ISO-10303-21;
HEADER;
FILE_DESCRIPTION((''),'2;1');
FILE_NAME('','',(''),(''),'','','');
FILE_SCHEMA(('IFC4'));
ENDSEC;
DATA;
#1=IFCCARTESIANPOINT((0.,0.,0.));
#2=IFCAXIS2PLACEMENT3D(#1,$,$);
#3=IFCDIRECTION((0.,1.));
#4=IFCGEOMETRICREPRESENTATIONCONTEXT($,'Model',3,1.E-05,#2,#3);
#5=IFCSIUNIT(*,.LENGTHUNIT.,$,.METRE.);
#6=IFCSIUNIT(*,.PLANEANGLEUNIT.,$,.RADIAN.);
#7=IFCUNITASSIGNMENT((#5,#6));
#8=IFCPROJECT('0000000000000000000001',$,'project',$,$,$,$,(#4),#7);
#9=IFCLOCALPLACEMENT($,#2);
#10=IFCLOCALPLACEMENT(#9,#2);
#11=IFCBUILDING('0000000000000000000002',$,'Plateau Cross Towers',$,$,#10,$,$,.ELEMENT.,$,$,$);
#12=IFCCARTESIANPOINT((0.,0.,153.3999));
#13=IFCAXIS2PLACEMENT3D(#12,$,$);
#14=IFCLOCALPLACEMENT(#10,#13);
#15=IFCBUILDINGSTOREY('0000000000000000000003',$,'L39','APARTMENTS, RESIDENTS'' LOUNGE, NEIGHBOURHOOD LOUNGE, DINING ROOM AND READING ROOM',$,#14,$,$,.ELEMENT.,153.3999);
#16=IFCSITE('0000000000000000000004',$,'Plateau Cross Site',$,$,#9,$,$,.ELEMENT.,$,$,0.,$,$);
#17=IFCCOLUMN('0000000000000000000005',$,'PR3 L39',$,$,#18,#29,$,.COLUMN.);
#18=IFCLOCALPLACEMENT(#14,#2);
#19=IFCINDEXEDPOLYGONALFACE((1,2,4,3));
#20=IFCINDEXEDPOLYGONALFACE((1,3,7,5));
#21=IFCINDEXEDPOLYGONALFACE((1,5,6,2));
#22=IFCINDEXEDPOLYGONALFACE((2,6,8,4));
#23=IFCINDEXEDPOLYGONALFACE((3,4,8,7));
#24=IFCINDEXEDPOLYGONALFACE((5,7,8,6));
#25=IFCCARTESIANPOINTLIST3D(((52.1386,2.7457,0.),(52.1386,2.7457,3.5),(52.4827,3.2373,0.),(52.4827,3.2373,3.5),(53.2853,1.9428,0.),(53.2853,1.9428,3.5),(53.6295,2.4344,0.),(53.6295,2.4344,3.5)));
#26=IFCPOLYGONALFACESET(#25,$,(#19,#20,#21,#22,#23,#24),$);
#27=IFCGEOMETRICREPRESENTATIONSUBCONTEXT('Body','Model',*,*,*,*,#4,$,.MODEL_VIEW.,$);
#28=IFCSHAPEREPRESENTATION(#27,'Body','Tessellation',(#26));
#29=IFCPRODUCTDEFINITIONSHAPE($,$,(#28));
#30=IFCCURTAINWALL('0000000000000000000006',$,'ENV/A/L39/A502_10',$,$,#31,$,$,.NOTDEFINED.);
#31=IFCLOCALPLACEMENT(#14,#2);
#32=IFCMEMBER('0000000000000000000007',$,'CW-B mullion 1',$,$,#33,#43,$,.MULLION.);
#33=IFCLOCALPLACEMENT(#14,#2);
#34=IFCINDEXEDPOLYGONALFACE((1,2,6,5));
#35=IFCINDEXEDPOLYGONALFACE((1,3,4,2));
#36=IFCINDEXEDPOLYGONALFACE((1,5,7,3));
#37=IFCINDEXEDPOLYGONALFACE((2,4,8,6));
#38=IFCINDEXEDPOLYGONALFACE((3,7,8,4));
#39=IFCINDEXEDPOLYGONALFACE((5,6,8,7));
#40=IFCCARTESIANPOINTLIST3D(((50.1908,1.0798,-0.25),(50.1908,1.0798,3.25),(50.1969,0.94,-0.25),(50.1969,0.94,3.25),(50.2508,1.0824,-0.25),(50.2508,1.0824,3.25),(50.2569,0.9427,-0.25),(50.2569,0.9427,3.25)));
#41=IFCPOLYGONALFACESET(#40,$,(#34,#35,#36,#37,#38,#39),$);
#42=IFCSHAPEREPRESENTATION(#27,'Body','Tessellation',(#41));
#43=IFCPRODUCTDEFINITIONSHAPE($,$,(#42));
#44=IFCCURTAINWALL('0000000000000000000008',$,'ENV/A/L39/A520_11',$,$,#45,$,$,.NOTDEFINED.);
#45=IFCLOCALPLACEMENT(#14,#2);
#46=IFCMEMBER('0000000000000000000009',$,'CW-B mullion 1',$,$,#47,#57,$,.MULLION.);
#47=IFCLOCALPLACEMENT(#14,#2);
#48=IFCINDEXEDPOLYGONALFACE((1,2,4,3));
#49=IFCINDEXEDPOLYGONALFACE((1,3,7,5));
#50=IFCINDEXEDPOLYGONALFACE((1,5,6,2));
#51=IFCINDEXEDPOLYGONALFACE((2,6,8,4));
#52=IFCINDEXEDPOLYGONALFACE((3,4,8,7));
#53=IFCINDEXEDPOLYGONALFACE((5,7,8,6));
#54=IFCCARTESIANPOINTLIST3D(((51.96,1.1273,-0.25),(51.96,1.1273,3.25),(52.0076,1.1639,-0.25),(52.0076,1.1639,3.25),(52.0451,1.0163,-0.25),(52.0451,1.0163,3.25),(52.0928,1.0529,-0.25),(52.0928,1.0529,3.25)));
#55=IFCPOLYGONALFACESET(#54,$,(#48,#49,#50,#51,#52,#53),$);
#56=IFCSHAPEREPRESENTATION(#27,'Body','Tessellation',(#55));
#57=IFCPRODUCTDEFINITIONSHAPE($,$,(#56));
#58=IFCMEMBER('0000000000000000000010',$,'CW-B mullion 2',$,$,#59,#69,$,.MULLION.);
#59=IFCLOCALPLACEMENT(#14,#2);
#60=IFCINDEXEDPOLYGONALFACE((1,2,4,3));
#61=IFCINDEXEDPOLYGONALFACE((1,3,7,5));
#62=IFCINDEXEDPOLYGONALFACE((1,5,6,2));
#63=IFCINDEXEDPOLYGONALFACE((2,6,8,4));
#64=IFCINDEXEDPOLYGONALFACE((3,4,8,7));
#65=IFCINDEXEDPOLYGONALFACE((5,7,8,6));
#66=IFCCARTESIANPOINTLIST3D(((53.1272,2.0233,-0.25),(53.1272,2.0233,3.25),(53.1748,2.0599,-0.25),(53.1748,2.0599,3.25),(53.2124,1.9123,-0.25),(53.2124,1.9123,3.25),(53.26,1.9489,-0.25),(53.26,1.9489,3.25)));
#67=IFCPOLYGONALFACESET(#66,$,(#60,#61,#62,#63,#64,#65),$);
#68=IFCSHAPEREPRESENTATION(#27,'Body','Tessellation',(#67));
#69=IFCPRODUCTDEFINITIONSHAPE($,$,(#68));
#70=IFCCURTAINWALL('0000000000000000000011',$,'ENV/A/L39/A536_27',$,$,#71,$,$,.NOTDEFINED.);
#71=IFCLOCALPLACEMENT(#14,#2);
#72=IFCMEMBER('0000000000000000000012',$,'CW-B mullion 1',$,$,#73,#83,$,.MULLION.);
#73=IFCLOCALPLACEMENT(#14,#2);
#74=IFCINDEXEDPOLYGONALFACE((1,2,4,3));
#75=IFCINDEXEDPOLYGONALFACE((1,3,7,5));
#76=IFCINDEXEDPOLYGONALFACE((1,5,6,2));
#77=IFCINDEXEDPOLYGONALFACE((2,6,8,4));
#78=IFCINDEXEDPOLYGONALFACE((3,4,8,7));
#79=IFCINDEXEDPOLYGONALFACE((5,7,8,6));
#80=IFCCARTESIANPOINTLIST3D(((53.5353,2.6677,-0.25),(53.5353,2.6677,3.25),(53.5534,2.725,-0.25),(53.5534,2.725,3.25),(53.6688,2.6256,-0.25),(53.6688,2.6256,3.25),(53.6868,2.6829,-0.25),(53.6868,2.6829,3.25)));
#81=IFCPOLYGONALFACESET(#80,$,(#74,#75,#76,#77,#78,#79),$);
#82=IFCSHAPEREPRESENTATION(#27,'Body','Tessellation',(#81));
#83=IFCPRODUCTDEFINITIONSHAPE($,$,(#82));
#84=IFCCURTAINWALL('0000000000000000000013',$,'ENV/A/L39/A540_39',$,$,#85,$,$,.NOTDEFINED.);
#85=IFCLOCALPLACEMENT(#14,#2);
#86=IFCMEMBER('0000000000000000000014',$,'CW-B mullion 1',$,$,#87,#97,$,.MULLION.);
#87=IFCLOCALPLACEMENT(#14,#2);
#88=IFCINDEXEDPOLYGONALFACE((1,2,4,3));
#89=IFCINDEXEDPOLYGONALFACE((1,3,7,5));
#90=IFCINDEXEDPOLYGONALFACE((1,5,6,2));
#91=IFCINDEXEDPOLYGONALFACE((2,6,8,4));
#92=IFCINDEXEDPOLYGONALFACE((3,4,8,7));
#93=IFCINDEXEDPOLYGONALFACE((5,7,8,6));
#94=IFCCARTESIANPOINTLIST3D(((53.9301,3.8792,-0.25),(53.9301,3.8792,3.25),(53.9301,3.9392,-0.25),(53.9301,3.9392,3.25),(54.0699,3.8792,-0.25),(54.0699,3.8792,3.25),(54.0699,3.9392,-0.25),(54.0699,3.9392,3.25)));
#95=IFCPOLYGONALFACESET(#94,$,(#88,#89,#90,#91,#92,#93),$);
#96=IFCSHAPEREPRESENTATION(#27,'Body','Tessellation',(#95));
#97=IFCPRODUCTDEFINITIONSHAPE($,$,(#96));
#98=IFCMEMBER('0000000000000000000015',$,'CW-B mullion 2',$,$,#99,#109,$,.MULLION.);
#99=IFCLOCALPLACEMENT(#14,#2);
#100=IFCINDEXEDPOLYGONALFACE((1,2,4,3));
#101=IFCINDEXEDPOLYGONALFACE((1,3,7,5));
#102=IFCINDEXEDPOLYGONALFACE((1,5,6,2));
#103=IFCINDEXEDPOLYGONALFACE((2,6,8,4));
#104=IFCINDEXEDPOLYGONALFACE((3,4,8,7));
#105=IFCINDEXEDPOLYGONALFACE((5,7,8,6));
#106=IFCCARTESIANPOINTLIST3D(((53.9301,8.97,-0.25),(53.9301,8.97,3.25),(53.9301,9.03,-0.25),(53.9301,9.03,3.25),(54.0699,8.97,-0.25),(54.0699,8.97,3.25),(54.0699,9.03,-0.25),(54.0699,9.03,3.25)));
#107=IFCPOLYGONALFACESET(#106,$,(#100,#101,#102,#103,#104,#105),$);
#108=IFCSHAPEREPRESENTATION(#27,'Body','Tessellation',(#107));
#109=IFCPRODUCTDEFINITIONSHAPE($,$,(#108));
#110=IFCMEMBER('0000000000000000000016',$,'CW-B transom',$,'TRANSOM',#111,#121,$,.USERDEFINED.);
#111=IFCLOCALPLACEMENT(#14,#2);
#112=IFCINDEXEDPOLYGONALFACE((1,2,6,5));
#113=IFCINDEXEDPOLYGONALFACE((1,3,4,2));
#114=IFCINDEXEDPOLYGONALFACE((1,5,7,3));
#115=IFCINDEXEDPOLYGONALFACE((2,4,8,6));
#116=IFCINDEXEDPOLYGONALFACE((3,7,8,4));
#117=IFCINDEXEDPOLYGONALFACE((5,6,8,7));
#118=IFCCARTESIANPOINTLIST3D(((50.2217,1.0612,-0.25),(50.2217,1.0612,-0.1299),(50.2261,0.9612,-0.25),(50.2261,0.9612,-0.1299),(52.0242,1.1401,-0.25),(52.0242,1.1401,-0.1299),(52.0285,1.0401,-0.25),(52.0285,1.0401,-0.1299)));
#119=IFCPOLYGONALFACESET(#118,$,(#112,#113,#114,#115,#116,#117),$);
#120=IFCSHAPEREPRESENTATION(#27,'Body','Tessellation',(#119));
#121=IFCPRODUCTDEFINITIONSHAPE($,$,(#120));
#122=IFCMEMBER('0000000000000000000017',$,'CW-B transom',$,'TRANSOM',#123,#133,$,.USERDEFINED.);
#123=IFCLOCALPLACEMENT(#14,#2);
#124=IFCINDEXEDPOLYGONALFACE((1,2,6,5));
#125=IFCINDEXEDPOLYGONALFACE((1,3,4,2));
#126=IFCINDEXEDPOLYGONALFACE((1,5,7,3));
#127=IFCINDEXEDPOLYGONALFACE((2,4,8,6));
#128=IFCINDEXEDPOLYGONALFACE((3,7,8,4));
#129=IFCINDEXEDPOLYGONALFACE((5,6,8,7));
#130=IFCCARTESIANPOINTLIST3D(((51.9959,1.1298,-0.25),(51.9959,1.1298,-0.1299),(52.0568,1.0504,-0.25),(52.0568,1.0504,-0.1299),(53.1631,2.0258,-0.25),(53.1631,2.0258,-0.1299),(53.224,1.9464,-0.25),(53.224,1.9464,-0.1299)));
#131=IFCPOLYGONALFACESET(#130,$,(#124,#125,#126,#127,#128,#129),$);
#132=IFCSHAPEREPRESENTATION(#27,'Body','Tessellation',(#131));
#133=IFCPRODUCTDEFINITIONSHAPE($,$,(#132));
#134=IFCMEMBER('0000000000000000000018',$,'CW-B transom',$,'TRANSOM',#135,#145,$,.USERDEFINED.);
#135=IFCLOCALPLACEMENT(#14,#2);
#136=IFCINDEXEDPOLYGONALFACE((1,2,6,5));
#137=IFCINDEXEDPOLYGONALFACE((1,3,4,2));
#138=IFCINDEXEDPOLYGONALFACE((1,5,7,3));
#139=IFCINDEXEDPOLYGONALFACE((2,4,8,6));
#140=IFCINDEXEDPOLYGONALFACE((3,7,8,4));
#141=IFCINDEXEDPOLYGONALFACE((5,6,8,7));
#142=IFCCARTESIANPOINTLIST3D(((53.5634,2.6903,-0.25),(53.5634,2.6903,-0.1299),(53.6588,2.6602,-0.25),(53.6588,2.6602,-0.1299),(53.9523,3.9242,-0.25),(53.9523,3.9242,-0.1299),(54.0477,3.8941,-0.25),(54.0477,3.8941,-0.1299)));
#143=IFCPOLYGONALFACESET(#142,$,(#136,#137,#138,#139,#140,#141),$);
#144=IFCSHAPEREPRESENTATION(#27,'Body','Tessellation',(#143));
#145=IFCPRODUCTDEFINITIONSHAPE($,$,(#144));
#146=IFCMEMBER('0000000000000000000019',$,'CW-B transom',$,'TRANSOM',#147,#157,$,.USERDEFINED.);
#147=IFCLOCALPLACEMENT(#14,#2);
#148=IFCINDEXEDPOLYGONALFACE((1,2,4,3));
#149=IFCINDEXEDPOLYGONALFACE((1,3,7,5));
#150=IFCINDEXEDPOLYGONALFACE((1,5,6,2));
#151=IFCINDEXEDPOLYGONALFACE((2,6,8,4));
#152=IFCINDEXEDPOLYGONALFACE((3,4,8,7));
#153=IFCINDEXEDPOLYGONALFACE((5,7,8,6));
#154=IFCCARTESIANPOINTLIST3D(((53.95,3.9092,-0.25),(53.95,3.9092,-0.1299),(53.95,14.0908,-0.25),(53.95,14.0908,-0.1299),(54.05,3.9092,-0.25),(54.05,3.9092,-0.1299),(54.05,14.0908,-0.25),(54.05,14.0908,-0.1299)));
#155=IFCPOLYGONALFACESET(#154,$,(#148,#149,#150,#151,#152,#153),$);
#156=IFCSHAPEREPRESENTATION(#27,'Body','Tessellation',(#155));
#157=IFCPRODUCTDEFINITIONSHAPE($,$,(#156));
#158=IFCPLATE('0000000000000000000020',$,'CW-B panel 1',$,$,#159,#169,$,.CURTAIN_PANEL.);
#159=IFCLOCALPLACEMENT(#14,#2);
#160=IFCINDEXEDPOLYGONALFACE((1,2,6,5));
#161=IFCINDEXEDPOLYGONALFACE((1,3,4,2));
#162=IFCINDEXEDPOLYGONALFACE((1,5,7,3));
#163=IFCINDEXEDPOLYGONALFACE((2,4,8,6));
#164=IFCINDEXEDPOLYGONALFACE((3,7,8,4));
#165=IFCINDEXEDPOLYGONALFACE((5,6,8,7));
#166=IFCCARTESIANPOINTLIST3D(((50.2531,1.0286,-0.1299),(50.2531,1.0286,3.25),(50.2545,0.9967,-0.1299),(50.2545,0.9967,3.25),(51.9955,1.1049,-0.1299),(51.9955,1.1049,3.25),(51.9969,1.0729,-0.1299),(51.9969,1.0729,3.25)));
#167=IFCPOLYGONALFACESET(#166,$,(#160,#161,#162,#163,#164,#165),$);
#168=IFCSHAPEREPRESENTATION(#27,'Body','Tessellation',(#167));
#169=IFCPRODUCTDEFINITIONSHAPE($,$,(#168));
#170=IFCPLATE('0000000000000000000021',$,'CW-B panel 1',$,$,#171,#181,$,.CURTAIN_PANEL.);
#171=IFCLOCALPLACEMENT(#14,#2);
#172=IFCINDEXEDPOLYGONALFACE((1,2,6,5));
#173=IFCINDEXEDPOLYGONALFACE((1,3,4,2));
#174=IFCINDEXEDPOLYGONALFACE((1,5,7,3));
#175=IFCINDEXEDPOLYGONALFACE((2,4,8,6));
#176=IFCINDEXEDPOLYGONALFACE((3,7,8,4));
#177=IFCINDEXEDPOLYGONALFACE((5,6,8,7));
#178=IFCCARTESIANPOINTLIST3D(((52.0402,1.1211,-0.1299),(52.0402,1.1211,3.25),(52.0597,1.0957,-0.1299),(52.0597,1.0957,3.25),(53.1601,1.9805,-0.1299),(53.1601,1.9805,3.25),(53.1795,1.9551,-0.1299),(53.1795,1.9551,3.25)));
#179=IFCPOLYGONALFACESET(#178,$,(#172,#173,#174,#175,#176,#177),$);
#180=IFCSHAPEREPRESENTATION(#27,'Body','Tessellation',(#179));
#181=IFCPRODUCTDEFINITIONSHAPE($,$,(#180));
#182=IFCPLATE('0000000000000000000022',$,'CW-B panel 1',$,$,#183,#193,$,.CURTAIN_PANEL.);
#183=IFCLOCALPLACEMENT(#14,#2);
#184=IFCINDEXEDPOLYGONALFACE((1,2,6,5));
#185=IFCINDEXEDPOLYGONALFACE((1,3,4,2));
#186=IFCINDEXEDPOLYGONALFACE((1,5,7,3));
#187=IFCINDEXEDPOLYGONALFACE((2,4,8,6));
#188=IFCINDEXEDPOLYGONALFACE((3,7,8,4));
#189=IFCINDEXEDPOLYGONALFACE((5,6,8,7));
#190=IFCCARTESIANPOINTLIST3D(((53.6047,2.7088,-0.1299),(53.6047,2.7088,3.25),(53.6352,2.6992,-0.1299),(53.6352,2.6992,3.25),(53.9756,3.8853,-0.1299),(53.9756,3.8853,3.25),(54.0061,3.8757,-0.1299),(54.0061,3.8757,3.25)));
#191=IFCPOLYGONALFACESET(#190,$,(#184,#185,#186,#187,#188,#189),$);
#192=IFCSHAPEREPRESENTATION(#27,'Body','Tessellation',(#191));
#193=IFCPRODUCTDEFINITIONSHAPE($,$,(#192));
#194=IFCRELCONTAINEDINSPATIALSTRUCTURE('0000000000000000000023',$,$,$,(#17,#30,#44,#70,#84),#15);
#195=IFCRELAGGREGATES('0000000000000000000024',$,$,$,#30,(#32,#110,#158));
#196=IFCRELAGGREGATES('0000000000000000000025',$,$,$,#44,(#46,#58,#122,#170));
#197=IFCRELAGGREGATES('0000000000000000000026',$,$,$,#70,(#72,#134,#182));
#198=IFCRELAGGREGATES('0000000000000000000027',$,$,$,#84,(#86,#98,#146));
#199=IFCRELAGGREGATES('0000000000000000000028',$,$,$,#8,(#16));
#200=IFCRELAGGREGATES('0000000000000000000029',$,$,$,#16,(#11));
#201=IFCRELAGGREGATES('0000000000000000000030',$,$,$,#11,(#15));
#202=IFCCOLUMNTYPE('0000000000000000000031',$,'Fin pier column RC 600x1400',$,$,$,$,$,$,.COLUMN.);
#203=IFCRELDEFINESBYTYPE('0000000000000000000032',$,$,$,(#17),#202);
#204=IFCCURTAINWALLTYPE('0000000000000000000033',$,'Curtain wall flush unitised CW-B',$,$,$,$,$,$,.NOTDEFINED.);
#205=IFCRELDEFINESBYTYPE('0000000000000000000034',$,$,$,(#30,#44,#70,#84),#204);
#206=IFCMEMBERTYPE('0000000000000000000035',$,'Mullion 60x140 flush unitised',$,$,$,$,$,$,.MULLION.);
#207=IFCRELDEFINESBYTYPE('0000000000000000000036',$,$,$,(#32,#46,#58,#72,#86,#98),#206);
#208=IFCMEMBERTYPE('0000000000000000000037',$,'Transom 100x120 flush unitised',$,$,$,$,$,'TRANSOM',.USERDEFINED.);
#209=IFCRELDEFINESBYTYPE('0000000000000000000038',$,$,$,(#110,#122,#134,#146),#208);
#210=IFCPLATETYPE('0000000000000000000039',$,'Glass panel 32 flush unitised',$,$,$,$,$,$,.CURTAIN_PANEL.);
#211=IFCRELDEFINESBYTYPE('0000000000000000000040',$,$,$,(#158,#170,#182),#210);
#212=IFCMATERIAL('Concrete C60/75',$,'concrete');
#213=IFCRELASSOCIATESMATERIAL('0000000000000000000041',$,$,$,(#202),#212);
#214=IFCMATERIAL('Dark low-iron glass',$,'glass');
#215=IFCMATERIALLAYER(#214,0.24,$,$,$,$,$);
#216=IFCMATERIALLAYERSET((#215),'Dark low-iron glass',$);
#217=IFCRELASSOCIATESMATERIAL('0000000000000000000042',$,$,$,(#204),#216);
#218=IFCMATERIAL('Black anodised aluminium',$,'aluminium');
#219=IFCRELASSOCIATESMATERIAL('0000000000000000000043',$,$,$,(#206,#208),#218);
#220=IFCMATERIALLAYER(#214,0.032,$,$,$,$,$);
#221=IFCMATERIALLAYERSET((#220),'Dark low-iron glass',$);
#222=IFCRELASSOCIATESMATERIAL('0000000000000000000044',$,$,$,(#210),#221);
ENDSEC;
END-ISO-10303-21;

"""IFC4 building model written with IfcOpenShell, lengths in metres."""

from ifc_helpers import new_model, si_unit, direction, frame, origin, origin_2d, place, context, subcontext, project, spatial, rectangle, extrude, material, layer, layer_set, material_profile, profile_set, type_object, element, aggregate, save


model = new_model("IFC4")

# Units and contexts
model_context = context("Model", 3, precision=1e-05, world=origin(), true_north=direction((0.0, 1.0)))
body_context = subcontext(model_context, "Body", "Model", "MODEL_VIEW")
ifc_project = project(units=[si_unit("LENGTHUNIT", "METRE"), si_unit("PLANEANGLEUNIT", "RADIAN")], contexts=[model_context])

# Site, building, storey
site_placement = place(None, origin())
site = spatial("IfcSite", under=ifc_project, at=site_placement, Name="Plateau Cross Site", CompositionType="ELEMENT", RefElevation=0.0)
building_placement = place(site_placement, origin())
building = spatial("IfcBuilding", under=site, at=building_placement, Name="Plateau Cross Towers", CompositionType="ELEMENT")
storey_placement = place(building_placement, frame((0.0, 0.0, 153.3999)))
storey = spatial("IfcBuildingStorey", under=building, at=storey_placement, Name="L39", Description="APARTMENTS, RESIDENTS' LOUNGE, NEIGHBOURHOOD LOUNGE, DINING ROOM AND READING ROOM", CompositionType="ELEMENT", Elevation=153.3999)

# Column
ifc_material_1 = material(Name="Concrete C60/75", Category="concrete")
ifc_material_profile_1 = material_profile(ifc_material_1, rectangle(XDim=0.6001, YDim=1.3999, at=origin_2d()), Name="RC 600x1400")
ifc_profile_set_1 = profile_set([ifc_material_profile_1], Name="Concrete C60/75")
column_type = type_object("IfcColumnType", Name="Fin pier column RC 600x1400", PredefinedType="COLUMN", material=ifc_profile_set_1)
column_placement = place(storey_placement, frame((52.884, 2.5901, 0.0), z_axis=(0.0, 0.0, 1.0), x_axis=(0.573543, 0.819176, 0.0)))
element("IfcColumn", 1, at=column_placement, inside=storey, type_object=column_type, Name="PR3 L39", PredefinedType="COLUMN", context=body_context, shape_type="SweptSolid", body=[
    extrude(rectangle(XDim=0.6001, YDim=1.3999, at=origin_2d()), origin(), (0.0, 0.0, 1.0), 3.5),
])

# Curtain wall, member
ifc_material_2 = material(Name="Dark low-iron glass", Category="glass")
ifc_layer_1 = layer(ifc_material_2, 0.24)
ifc_layer_set_1 = layer_set([ifc_layer_1], Name="Dark low-iron glass")
curtain_wall_type_1 = type_object("IfcCurtainWallType", Name="Curtain wall flush unitised CW-B", PredefinedType="NOTDEFINED", material=ifc_layer_set_1)
curtain_wall_1_placement = place(storey_placement, origin())
curtain_wall_1 = element("IfcCurtainWall", 2, at=curtain_wall_1_placement, inside=storey, type_object=curtain_wall_type_1, Name="ENV/A/L39/A502_10", PredefinedType="NOTDEFINED")
ifc_material_3 = material(Name="Black anodised aluminium", Category="aluminium")
ifc_material_profile_2 = material_profile(ifc_material_3, rectangle(XDim=0.0601, YDim=0.1399, at=origin_2d()), Name="MULLION 60x140")
ifc_profile_set_2 = profile_set([ifc_material_profile_2], Name="Black anodised aluminium")
member_type_1 = type_object("IfcMemberType", Name="Mullion 60x140 flush unitised", PredefinedType="MULLION", material=ifc_profile_set_2)
member_1_placement = place(storey_placement, frame((50.2239, 1.0112, -0.25), z_axis=(0.0, 0.0, 1.0), x_axis=(0.999044, 0.043723, 0.0)))
member_1 = element("IfcMember", 3, at=member_1_placement, type_object=member_type_1, Name="CW-B mullion 1", PredefinedType="MULLION", context=body_context, shape_type="SweptSolid", body=[
    extrude(rectangle(XDim=0.0601, YDim=0.1399, at=origin_2d()), origin(), (0.0, 0.0, 1.0), 3.5),
])

# Curtain wall, members
curtain_wall_2_placement = place(storey_placement, origin())
curtain_wall_2 = element("IfcCurtainWall", 4, at=curtain_wall_2_placement, inside=storey, type_object=curtain_wall_type_1, Name="ENV/A/L39/A520_11", PredefinedType="NOTDEFINED")
member_2_placement = place(storey_placement, frame((52.0264, 1.0901, -0.25), z_axis=(0.0, 0.0, 1.0), x_axis=(0.793316, 0.608811, 0.0)))
member_2 = element("IfcMember", 5, at=member_2_placement, type_object=member_type_1, Name="CW-B mullion 1", PredefinedType="MULLION", context=body_context, shape_type="SweptSolid", body=[
    extrude(rectangle(XDim=0.0601, YDim=0.1399, at=origin_2d()), origin(), (0.0, 0.0, 1.0), 3.5),
])
member_3_placement = place(storey_placement, frame((53.1936, 1.9861, -0.25), z_axis=(0.0, 0.0, 1.0), x_axis=(0.793316, 0.608811, 0.0)))
member_3 = element("IfcMember", 6, at=member_3_placement, type_object=member_type_1, Name="CW-B mullion 2", PredefinedType="MULLION", context=body_context, shape_type="SweptSolid", body=[
    extrude(rectangle(XDim=0.0601, YDim=0.1399, at=origin_2d()), origin(), (0.0, 0.0, 1.0), 3.5),
])

# Curtain wall, member
curtain_wall_3_placement = place(storey_placement, origin())
curtain_wall_3 = element("IfcCurtainWall", 7, at=curtain_wall_3_placement, inside=storey, type_object=curtain_wall_type_1, Name="ENV/A/L39/A536_27", PredefinedType="NOTDEFINED")
member_4_placement = place(storey_placement, frame((53.6111, 2.6753, -0.25), z_axis=(0.0, 0.0, 1.0), x_axis=(0.300686, 0.953723, 0.0)))
member_4 = element("IfcMember", 8, at=member_4_placement, type_object=member_type_1, Name="CW-B mullion 1", PredefinedType="MULLION", context=body_context, shape_type="SweptSolid", body=[
    extrude(rectangle(XDim=0.0601, YDim=0.1399, at=origin_2d()), origin(), (0.0, 0.0, 1.0), 3.5),
])

# Curtain wall, members
curtain_wall_4_placement = place(storey_placement, origin())
curtain_wall_4 = element("IfcCurtainWall", 9, at=curtain_wall_4_placement, inside=storey, type_object=curtain_wall_type_1, Name="ENV/A/L39/A540_39", PredefinedType="NOTDEFINED")
member_5_placement = place(storey_placement, frame((54.0, 3.9092, -0.25), z_axis=(0.0, 0.0, 1.0), x_axis=(0.0, 1.0, 0.0)))
member_5 = element("IfcMember", 10, at=member_5_placement, type_object=member_type_1, Name="CW-B mullion 1", PredefinedType="MULLION", context=body_context, shape_type="SweptSolid", body=[
    extrude(rectangle(XDim=0.0601, YDim=0.1399, at=origin_2d()), origin(), (0.0, 0.0, 1.0), 3.5),
])
member_6_placement = place(storey_placement, frame((54.0, 9.0, -0.25), z_axis=(0.0, 0.0, 1.0), x_axis=(0.0, 1.0, 0.0)))
member_6 = element("IfcMember", 11, at=member_6_placement, type_object=member_type_1, Name="CW-B mullion 2", PredefinedType="MULLION", context=body_context, shape_type="SweptSolid", body=[
    extrude(rectangle(XDim=0.0601, YDim=0.1399, at=origin_2d()), origin(), (0.0, 0.0, 1.0), 3.5),
])

# Members
ifc_material_profile_3 = material_profile(ifc_material_3, rectangle(XDim=0.1001, YDim=0.1201, at=origin_2d()), Name="TRANSOM 100x120")
ifc_profile_set_3 = profile_set([ifc_material_profile_3], Name="Black anodised aluminium")
member_type_2 = type_object("IfcMemberType", Name="Transom 100x120 flush unitised", ElementType="TRANSOM", PredefinedType="USERDEFINED", material=ifc_profile_set_3)
member_7_placement = place(storey_placement, frame((50.2239, 1.0112, -0.1899), z_axis=(0.999044, 0.043707, 0.0), x_axis=(-0.043707, 0.999044, 0.0)))
member_7 = element("IfcMember", 12, at=member_7_placement, type_object=member_type_2, Name="CW-B transom", ObjectType="TRANSOM", PredefinedType="USERDEFINED", context=body_context, shape_type="SweptSolid", body=[
    extrude(rectangle(XDim=0.1001, YDim=0.1201, at=origin_2d()), origin(), (0.0, 0.0, 1.0), 1.8042),
])
member_8_placement = place(storey_placement, frame((52.0264, 1.0901, -0.1899), z_axis=(0.79324, 0.608909, 0.0), x_axis=(-0.608909, 0.79324, 0.0)))
member_8 = element("IfcMember", 13, at=member_8_placement, type_object=member_type_2, Name="CW-B transom", ObjectType="TRANSOM", PredefinedType="USERDEFINED", context=body_context, shape_type="SweptSolid", body=[
    extrude(rectangle(XDim=0.1001, YDim=0.1201, at=origin_2d()), origin(), (0.0, 0.0, 1.0), 1.4714),
])
member_9_placement = place(storey_placement, frame((53.6111, 2.6753, -0.1899), z_axis=(0.300617, 0.953745, 0.0), x_axis=(-0.953745, 0.300617, 0.0)))
member_9 = element("IfcMember", 14, at=member_9_placement, type_object=member_type_2, Name="CW-B transom", ObjectType="TRANSOM", PredefinedType="USERDEFINED", context=body_context, shape_type="SweptSolid", body=[
    extrude(rectangle(XDim=0.1001, YDim=0.1201, at=origin_2d()), origin(), (0.0, 0.0, 1.0), 1.2937),
])
member_10_placement = place(storey_placement, frame((54.0, 3.9092, -0.1899), z_axis=(0.0, 1.0, 0.0), x_axis=(-1.0, 0.0, 0.0)))
member_10 = element("IfcMember", 15, at=member_10_placement, type_object=member_type_2, Name="CW-B transom", ObjectType="TRANSOM", PredefinedType="USERDEFINED", context=body_context, shape_type="SweptSolid", body=[
    extrude(rectangle(XDim=0.1001, YDim=0.1201, at=origin_2d()), origin(), (0.0, 0.0, 1.0), 10.1816),
])

# Plates
ifc_layer_2 = layer(ifc_material_2, 0.032)
ifc_layer_set_2 = layer_set([ifc_layer_2], Name="Dark low-iron glass")
plate_type_1 = type_object("IfcPlateType", Name="Glass panel 32 flush unitised", PredefinedType="CURTAIN_PANEL", material=ifc_layer_set_2)
plate_1_placement = place(storey_placement, frame((51.125, 1.0508, -0.1299), z_axis=(0.0, 0.0, 1.0), x_axis=(0.999044, 0.043723, 0.0)))
plate_1 = element("IfcPlate", 16, at=plate_1_placement, type_object=plate_type_1, Name="CW-B panel 1", PredefinedType="CURTAIN_PANEL", context=body_context, shape_type="SweptSolid", body=[
    extrude(rectangle(XDim=1.7441, YDim=0.032, at=origin_2d()), origin(), (0.0, 0.0, 1.0), 3.3799),
])
aggregate(curtain_wall_1, [member_1, member_7, plate_1])
plate_2_placement = place(storey_placement, frame((52.6099, 1.5381, -0.1299), z_axis=(0.0, 0.0, 1.0), x_axis=(0.793316, 0.608811, 0.0)))
plate_2 = element("IfcPlate", 17, at=plate_2_placement, type_object=plate_type_1, Name="CW-B panel 1", PredefinedType="CURTAIN_PANEL", context=body_context, shape_type="SweptSolid", body=[
    extrude(rectangle(XDim=1.4116, YDim=0.032, at=origin_2d()), origin(), (0.0, 0.0, 1.0), 3.3799),
])
aggregate(curtain_wall_2, [member_2, member_3, member_8, plate_2])
plate_3_placement = place(storey_placement, frame((53.8054, 3.2922, -0.1299), z_axis=(0.0, 0.0, 1.0), x_axis=(0.300686, 0.953723, 0.0)))
plate_3 = element("IfcPlate", 18, at=plate_3_placement, type_object=plate_type_1, Name="CW-B panel 1", PredefinedType="CURTAIN_PANEL", context=body_context, shape_type="SweptSolid", body=[
    extrude(rectangle(XDim=1.2336, YDim=0.032, at=origin_2d()), origin(), (0.0, 0.0, 1.0), 3.3799),
])
aggregate(curtain_wall_3, [member_4, member_9, plate_3])
aggregate(curtain_wall_4, [member_5, member_6, member_10])

save(model, "model.ifc")
